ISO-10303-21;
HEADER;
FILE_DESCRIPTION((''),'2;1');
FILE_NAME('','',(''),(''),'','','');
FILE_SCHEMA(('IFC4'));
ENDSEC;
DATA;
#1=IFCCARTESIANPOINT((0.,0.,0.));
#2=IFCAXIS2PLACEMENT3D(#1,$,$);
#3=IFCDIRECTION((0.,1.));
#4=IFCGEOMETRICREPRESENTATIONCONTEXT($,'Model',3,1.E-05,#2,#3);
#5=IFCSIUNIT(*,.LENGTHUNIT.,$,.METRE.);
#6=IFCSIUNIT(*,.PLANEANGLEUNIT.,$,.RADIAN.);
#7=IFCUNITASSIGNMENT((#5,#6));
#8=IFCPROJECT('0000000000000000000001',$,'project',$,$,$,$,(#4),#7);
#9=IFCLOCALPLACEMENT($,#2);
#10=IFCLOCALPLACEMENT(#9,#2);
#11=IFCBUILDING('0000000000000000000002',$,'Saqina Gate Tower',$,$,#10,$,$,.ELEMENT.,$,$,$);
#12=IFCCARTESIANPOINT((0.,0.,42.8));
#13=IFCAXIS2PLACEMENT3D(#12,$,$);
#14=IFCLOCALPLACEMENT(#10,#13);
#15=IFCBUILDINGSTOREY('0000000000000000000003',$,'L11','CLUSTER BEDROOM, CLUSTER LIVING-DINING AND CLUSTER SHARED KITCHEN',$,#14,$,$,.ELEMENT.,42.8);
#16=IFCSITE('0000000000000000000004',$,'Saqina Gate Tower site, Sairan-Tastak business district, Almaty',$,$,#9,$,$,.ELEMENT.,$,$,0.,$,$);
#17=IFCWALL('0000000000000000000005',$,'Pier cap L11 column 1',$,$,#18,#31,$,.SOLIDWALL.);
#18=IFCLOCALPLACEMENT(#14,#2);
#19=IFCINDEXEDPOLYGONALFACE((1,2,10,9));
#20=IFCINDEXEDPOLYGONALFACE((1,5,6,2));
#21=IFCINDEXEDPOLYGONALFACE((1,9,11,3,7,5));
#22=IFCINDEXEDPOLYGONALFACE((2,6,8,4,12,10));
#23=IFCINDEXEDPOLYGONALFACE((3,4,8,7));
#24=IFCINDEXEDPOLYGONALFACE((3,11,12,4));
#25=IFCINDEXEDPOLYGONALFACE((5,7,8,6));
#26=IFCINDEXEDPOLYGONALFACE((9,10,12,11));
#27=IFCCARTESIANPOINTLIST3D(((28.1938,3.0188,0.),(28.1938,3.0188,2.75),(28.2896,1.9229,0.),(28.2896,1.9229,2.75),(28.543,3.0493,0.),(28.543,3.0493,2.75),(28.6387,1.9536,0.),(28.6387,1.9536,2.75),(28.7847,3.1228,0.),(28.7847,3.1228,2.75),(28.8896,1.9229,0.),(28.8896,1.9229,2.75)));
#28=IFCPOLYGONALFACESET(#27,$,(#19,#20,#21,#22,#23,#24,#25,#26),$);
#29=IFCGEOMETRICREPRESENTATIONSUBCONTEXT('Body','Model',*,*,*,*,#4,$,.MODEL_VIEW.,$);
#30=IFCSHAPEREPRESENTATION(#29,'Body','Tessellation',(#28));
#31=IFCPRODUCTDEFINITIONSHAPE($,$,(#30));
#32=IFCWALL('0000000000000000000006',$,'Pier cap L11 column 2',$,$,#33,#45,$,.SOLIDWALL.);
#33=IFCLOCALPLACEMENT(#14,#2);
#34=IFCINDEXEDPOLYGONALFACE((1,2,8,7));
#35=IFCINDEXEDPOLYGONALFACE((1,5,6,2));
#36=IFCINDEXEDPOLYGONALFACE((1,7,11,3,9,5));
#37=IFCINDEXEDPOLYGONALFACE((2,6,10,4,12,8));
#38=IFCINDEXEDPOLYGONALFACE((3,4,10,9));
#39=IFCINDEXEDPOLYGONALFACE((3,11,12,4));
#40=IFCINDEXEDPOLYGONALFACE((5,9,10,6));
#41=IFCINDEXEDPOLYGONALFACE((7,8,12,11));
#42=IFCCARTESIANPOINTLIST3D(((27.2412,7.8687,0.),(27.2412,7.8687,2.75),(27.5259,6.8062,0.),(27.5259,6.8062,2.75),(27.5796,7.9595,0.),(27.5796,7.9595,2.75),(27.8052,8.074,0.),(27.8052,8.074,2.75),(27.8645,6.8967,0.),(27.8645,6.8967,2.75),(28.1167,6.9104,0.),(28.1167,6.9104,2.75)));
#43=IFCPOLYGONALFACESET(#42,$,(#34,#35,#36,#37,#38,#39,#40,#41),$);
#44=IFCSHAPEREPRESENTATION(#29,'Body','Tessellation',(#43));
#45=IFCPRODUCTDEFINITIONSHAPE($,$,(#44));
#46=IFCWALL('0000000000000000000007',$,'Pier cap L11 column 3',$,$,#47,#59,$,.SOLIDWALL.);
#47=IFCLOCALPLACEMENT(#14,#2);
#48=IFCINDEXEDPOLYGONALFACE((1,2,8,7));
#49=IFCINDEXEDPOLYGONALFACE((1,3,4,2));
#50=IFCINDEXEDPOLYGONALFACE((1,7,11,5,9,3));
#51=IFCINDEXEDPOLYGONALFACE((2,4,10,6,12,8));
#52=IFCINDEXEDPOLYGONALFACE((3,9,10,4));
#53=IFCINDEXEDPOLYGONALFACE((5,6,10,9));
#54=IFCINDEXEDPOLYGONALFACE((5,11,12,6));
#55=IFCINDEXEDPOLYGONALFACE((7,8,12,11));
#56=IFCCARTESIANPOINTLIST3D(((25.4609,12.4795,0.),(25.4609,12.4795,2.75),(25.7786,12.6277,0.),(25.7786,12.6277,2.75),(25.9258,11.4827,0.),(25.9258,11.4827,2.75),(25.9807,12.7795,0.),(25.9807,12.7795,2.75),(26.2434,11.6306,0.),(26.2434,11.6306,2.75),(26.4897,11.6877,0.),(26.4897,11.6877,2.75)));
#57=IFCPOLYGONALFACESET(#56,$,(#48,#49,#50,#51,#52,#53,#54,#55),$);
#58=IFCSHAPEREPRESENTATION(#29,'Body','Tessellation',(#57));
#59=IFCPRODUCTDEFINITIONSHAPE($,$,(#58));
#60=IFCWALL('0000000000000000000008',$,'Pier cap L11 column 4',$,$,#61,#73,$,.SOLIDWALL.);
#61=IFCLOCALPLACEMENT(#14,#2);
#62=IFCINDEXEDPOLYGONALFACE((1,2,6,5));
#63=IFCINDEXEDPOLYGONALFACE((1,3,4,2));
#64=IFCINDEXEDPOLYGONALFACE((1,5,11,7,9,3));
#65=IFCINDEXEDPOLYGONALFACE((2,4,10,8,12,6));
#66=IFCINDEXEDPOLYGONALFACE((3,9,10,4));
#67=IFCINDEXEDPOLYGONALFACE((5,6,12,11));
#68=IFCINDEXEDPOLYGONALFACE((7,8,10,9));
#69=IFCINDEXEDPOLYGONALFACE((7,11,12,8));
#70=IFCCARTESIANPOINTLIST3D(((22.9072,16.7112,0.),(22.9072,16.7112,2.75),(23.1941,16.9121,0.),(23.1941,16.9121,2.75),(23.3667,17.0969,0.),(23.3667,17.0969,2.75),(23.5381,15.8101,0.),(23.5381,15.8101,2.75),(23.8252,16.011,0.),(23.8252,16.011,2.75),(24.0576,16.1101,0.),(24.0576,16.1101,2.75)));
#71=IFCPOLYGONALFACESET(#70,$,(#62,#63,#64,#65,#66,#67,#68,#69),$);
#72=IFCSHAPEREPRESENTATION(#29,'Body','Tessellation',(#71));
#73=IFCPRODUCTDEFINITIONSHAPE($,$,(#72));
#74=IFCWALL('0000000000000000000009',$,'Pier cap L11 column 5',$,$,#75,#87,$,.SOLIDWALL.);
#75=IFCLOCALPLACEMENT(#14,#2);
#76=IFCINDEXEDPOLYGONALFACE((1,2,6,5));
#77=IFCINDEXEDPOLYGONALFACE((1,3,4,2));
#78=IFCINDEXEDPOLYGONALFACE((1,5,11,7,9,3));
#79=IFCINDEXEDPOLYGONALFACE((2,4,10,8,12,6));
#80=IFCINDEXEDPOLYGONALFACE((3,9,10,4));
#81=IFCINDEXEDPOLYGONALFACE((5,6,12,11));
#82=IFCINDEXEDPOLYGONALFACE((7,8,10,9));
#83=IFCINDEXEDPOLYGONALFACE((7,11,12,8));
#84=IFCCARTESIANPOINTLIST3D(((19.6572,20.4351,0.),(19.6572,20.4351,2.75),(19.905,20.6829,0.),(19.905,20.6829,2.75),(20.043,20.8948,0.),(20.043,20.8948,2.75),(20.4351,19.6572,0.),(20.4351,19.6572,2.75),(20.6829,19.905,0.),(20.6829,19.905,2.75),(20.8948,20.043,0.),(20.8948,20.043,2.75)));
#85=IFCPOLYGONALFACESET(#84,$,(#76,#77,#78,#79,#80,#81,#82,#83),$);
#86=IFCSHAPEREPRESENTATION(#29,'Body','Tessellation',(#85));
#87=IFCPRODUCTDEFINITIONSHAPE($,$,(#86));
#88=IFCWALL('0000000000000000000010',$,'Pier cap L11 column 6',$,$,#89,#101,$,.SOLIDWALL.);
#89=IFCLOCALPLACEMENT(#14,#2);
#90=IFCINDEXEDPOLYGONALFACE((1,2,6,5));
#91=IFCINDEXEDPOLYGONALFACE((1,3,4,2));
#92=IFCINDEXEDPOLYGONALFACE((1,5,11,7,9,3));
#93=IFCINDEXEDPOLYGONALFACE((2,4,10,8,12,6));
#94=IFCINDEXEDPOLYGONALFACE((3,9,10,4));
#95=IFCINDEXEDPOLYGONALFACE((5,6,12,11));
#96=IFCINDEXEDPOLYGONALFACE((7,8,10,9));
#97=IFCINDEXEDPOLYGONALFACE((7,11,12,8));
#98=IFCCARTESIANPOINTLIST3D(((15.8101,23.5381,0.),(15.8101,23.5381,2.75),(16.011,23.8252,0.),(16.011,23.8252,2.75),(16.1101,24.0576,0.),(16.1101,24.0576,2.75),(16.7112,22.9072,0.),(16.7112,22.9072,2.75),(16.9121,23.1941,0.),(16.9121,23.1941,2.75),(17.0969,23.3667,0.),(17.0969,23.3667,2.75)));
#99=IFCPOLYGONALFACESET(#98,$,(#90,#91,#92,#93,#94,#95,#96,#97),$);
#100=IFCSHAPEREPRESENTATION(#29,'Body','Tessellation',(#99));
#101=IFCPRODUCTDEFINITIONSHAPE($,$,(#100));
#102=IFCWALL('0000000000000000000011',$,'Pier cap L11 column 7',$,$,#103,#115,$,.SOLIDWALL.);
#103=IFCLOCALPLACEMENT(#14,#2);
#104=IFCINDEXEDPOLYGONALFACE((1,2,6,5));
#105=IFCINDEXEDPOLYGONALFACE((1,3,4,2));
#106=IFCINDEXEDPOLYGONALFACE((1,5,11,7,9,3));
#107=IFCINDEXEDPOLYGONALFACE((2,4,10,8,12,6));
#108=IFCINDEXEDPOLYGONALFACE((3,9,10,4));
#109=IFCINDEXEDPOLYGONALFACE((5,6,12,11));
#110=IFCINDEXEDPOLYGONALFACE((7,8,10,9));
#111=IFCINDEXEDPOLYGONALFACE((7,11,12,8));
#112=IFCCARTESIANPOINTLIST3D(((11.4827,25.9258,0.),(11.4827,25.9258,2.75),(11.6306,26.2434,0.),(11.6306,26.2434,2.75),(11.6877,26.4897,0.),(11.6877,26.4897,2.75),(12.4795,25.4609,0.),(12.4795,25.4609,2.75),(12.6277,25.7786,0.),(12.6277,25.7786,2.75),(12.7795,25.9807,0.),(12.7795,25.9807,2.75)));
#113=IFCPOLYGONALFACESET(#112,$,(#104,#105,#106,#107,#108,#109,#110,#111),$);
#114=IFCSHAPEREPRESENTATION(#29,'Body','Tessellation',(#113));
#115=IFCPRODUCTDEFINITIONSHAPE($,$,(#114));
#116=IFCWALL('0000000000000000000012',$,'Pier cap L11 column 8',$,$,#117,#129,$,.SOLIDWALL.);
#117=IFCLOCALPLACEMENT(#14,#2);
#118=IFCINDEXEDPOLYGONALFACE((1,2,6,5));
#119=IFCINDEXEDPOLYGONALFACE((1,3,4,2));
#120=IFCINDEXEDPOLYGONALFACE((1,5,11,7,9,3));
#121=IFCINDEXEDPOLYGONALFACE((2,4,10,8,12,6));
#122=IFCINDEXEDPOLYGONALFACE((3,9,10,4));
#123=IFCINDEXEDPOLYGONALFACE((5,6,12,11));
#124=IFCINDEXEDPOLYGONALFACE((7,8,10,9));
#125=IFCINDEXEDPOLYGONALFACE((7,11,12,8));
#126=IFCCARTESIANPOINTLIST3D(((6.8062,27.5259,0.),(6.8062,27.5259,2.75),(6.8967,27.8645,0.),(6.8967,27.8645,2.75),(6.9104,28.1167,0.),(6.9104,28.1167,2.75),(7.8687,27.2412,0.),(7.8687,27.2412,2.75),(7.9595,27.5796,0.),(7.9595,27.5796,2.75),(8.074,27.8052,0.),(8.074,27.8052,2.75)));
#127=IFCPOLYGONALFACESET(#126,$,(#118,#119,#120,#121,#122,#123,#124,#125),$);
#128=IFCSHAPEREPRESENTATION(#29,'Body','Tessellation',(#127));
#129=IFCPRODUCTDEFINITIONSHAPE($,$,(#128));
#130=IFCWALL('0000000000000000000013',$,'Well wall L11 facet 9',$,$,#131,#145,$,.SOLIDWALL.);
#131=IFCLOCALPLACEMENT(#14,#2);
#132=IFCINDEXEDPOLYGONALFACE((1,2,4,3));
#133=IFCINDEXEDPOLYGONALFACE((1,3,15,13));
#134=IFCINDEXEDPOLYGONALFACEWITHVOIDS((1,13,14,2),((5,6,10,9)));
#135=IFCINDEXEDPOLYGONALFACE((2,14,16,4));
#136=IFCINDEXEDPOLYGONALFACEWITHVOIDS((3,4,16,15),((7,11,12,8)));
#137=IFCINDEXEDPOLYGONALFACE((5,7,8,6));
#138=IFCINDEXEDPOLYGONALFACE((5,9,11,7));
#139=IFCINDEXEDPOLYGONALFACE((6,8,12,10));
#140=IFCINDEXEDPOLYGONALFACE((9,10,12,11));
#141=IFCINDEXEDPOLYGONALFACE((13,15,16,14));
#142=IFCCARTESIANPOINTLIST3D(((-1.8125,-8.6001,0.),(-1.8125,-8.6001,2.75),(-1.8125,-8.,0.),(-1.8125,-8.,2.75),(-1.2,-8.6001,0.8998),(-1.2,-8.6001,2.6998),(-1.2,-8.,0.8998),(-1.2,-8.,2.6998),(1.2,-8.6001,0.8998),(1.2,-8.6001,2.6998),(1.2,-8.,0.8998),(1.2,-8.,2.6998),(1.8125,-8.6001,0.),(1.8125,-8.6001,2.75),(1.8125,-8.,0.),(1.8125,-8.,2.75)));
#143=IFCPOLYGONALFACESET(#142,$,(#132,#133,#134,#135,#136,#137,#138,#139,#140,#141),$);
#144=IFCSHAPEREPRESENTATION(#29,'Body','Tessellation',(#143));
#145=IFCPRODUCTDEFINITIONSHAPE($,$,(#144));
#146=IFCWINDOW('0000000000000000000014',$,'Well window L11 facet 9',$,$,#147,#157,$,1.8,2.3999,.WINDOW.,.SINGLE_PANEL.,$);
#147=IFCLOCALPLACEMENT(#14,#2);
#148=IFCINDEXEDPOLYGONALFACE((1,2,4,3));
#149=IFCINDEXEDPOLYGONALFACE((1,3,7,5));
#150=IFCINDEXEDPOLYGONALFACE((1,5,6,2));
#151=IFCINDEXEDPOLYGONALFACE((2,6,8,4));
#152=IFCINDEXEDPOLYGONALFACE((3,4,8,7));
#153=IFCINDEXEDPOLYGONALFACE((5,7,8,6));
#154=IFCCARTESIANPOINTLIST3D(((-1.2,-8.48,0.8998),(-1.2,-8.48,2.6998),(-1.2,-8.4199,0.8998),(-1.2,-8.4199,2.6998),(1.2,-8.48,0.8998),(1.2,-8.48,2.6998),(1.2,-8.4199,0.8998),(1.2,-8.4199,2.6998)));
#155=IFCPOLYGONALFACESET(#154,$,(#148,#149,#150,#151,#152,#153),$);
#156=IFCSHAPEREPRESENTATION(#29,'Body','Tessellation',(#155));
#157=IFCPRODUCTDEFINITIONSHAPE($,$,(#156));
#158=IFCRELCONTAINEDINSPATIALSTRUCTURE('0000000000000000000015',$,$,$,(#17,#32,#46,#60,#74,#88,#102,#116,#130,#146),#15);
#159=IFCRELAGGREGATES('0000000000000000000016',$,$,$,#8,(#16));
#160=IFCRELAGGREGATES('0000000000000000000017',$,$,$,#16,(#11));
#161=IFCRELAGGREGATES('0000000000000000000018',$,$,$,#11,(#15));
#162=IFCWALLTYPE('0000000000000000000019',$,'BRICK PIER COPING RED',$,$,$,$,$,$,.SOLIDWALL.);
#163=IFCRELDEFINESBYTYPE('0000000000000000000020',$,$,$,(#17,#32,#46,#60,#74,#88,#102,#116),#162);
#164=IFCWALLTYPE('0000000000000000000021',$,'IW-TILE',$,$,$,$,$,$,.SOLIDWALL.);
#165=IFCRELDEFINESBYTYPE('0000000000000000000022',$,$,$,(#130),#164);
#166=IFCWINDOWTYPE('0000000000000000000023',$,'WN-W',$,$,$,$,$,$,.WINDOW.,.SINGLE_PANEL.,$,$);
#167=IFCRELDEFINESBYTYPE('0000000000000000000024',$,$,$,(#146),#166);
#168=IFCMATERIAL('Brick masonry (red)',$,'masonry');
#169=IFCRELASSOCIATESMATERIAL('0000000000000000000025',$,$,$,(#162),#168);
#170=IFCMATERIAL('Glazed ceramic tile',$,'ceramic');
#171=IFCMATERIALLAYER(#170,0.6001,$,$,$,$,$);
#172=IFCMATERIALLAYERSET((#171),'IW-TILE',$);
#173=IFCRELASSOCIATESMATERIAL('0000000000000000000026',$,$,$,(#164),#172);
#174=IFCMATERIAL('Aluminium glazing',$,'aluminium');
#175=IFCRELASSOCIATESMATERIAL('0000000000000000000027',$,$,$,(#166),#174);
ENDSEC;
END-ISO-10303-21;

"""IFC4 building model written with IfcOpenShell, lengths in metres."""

from ifc_helpers import new_model, si_unit, direction, frame, frame_2d, origin, place, context, subcontext, project, spatial, polyline, rectangle, outline, extrude, material, layer, layer_set, type_object, element, fill, save


model = new_model("IFC4")

# Units and contexts
model_context = context("Model", 3, precision=1e-05, world=origin(), true_north=direction((0.0, 1.0)))
body_context = subcontext(model_context, "Body", "Model", "MODEL_VIEW")
ifc_project = project(units=[si_unit("LENGTHUNIT", "METRE"), si_unit("PLANEANGLEUNIT", "RADIAN")], contexts=[model_context])

# Site, building, storey
site_placement = place(None, origin())
site = spatial("IfcSite", under=ifc_project, at=site_placement, Name="Saqina Gate Tower site, Sairan-Tastak business district, Almaty", CompositionType="ELEMENT", RefElevation=0.0)
building_placement = place(site_placement, origin())
building = spatial("IfcBuilding", under=site, at=building_placement, Name="Saqina Gate Tower", CompositionType="ELEMENT")
storey_placement = place(building_placement, frame((0.0, 0.0, 42.8)))
storey = spatial("IfcBuildingStorey", under=building, at=storey_placement, Name="L11", Description="CLUSTER BEDROOM, CLUSTER LIVING-DINING AND CLUSTER SHARED KITCHEN", CompositionType="ELEMENT", Elevation=42.8)

# Walls
ifc_material_1 = material(Name="Brick masonry (red)", Category="masonry")
wall_type_1 = type_object("IfcWallType", Name="BRICK PIER COPING RED", PredefinedType="SOLIDWALL", material=ifc_material_1)
wall_1_placement = place(storey_placement, origin())
element("IfcWall", 1, at=wall_1_placement, inside=storey, type_object=wall_type_1, Name="Pier cap L11 column 1", PredefinedType="SOLIDWALL", context=body_context, shape_type="SweptSolid", body=[
    extrude(outline(polyline([(28.8896, 1.9229), (28.7847, 3.1228), (28.1938, 3.0188), (28.543, 3.0493), (28.6387, 1.9536), (28.2896, 1.9229), (28.8896, 1.9229)])), origin(), (0.0, 0.0, 1.0), 2.75),
])
wall_2_placement = place(storey_placement, origin())
element("IfcWall", 2, at=wall_2_placement, inside=storey, type_object=wall_type_1, Name="Pier cap L11 column 2", PredefinedType="SOLIDWALL", context=body_context, shape_type="SweptSolid", body=[
    extrude(outline(polyline([(28.1167, 6.9104), (27.8052, 8.074), (27.2412, 7.8687), (27.5796, 7.9595), (27.8645, 6.8967), (27.5259, 6.8062), (28.1167, 6.9104)])), origin(), (0.0, 0.0, 1.0), 2.75),
])
wall_3_placement = place(storey_placement, origin())
element("IfcWall", 3, at=wall_3_placement, inside=storey, type_object=wall_type_1, Name="Pier cap L11 column 3", PredefinedType="SOLIDWALL", context=body_context, shape_type="SweptSolid", body=[
    extrude(outline(polyline([(25.9807, 12.7795), (25.4609, 12.4795), (25.7786, 12.6277), (26.2434, 11.6306), (25.9258, 11.4827), (26.4897, 11.6877), (25.9807, 12.7795)])), origin(), (0.0, 0.0, 1.0), 2.75),
])
wall_4_placement = place(storey_placement, origin())
element("IfcWall", 4, at=wall_4_placement, inside=storey, type_object=wall_type_1, Name="Pier cap L11 column 4", PredefinedType="SOLIDWALL", context=body_context, shape_type="SweptSolid", body=[
    extrude(outline(polyline([(24.0576, 16.1101), (23.3667, 17.0969), (22.9072, 16.7112), (23.1941, 16.9121), (23.8252, 16.011), (23.5381, 15.8101), (24.0576, 16.1101)])), origin(), (0.0, 0.0, 1.0), 2.75),
])
wall_5_placement = place(storey_placement, origin())
element("IfcWall", 5, at=wall_5_placement, inside=storey, type_object=wall_type_1, Name="Pier cap L11 column 5", PredefinedType="SOLIDWALL", context=body_context, shape_type="SweptSolid", body=[
    extrude(outline(polyline([(20.043, 20.8948), (19.6572, 20.4351), (19.905, 20.6829), (20.6829, 19.905), (20.4351, 19.6572), (20.8948, 20.043), (20.043, 20.8948)])), origin(), (0.0, 0.0, 1.0), 2.75),
])
wall_6_placement = place(storey_placement, origin())
element("IfcWall", 6, at=wall_6_placement, inside=storey, type_object=wall_type_1, Name="Pier cap L11 column 6", PredefinedType="SOLIDWALL", context=body_context, shape_type="SweptSolid", body=[
    extrude(outline(polyline([(17.0969, 23.3667), (16.1101, 24.0576), (15.8101, 23.5381), (16.011, 23.8252), (16.9121, 23.1941), (16.7112, 22.9072), (17.0969, 23.3667)])), origin(), (0.0, 0.0, 1.0), 2.75),
])
wall_7_placement = place(storey_placement, origin())
element("IfcWall", 7, at=wall_7_placement, inside=storey, type_object=wall_type_1, Name="Pier cap L11 column 7", PredefinedType="SOLIDWALL", context=body_context, shape_type="SweptSolid", body=[
    extrude(outline(polyline([(11.6877, 26.4897), (11.4827, 25.9258), (11.6306, 26.2434), (12.6277, 25.7786), (12.4795, 25.4609), (12.7795, 25.9807), (11.6877, 26.4897)])), origin(), (0.0, 0.0, 1.0), 2.75),
])
wall_8_placement = place(storey_placement, origin())
element("IfcWall", 8, at=wall_8_placement, inside=storey, type_object=wall_type_1, Name="Pier cap L11 column 8", PredefinedType="SOLIDWALL", context=body_context, shape_type="SweptSolid", body=[
    extrude(outline(polyline([(6.9104, 28.1167), (6.8062, 27.5259), (6.8967, 27.8645), (7.9595, 27.5796), (7.8687, 27.2412), (8.074, 27.8052), (6.9104, 28.1167)])), origin(), (0.0, 0.0, 1.0), 2.75),
])

# Wall, opening, window
ifc_material_2 = material(Name="Glazed ceramic tile", Category="ceramic")
ifc_layer_1 = layer(ifc_material_2, 0.6001)
ifc_layer_set_1 = layer_set([ifc_layer_1], Name="IW-TILE")
wall_type_2 = type_object("IfcWallType", Name="IW-TILE", PredefinedType="SOLIDWALL", material=ifc_layer_set_1)
wall_9_placement = place(storey_placement, frame((-1.8125, -8.3, 0.0), z_axis=(0.0, 0.0, 1.0), x_axis=(1.0, 0.0, 0.0)))
wall_9 = element("IfcWall", 9, at=wall_9_placement, inside=storey, type_object=wall_type_2, Name="Well wall L11 facet 9", PredefinedType="SOLIDWALL", context=body_context, shape_type="SweptSolid", body=[
    extrude(rectangle(XDim=3.625, YDim=0.6001, at=frame_2d((1.8125, 0.0))), origin(), (0.0, 0.0, 1.0), 2.75),
])
opening_1_placement = place(wall_9_placement, frame((0.6125, 0.0, 0.8999)))
opening_1 = element("IfcOpeningElement", 10, at=opening_1_placement, cuts=wall_9, PredefinedType="OPENING", context=body_context, shape_type="SweptSolid", body=[
    extrude(rectangle(XDim=2.3999, YDim=1.8, at=frame_2d((1.2, 0.8999))), frame((0.0, 0.312, 0.0), z_axis=(0.0, -1.0, 0.0), x_axis=(1.0, 0.0, 0.0)), (0.0, 0.0, 1.0), 0.624),
])
ifc_material_3 = material(Name="Aluminium glazing", Category="aluminium")
window_type = type_object("IfcWindowType", Name="WN-W", PartitioningType="SINGLE_PANEL", PredefinedType="WINDOW", material=ifc_material_3)
window_placement = place(opening_1_placement, origin())
window = element("IfcWindow", 11, at=window_placement, inside=storey, type_object=window_type, Name="Well window L11 facet 9", OverallHeight=1.8, OverallWidth=2.3999, PartitioningType="SINGLE_PANEL", PredefinedType="WINDOW", context=body_context, shape_type="SweptSolid", body=[
    extrude(rectangle(XDim=2.3999, YDim=1.8, at=frame_2d((1.2, 0.8999))), frame((0.0, -0.1199, 0.0), z_axis=(0.0, -1.0, 0.0), x_axis=(1.0, 0.0, 0.0)), (0.0, 0.0, 1.0), 0.0601),
])
fill(opening_1, window)

save(model, "model.ifc")
